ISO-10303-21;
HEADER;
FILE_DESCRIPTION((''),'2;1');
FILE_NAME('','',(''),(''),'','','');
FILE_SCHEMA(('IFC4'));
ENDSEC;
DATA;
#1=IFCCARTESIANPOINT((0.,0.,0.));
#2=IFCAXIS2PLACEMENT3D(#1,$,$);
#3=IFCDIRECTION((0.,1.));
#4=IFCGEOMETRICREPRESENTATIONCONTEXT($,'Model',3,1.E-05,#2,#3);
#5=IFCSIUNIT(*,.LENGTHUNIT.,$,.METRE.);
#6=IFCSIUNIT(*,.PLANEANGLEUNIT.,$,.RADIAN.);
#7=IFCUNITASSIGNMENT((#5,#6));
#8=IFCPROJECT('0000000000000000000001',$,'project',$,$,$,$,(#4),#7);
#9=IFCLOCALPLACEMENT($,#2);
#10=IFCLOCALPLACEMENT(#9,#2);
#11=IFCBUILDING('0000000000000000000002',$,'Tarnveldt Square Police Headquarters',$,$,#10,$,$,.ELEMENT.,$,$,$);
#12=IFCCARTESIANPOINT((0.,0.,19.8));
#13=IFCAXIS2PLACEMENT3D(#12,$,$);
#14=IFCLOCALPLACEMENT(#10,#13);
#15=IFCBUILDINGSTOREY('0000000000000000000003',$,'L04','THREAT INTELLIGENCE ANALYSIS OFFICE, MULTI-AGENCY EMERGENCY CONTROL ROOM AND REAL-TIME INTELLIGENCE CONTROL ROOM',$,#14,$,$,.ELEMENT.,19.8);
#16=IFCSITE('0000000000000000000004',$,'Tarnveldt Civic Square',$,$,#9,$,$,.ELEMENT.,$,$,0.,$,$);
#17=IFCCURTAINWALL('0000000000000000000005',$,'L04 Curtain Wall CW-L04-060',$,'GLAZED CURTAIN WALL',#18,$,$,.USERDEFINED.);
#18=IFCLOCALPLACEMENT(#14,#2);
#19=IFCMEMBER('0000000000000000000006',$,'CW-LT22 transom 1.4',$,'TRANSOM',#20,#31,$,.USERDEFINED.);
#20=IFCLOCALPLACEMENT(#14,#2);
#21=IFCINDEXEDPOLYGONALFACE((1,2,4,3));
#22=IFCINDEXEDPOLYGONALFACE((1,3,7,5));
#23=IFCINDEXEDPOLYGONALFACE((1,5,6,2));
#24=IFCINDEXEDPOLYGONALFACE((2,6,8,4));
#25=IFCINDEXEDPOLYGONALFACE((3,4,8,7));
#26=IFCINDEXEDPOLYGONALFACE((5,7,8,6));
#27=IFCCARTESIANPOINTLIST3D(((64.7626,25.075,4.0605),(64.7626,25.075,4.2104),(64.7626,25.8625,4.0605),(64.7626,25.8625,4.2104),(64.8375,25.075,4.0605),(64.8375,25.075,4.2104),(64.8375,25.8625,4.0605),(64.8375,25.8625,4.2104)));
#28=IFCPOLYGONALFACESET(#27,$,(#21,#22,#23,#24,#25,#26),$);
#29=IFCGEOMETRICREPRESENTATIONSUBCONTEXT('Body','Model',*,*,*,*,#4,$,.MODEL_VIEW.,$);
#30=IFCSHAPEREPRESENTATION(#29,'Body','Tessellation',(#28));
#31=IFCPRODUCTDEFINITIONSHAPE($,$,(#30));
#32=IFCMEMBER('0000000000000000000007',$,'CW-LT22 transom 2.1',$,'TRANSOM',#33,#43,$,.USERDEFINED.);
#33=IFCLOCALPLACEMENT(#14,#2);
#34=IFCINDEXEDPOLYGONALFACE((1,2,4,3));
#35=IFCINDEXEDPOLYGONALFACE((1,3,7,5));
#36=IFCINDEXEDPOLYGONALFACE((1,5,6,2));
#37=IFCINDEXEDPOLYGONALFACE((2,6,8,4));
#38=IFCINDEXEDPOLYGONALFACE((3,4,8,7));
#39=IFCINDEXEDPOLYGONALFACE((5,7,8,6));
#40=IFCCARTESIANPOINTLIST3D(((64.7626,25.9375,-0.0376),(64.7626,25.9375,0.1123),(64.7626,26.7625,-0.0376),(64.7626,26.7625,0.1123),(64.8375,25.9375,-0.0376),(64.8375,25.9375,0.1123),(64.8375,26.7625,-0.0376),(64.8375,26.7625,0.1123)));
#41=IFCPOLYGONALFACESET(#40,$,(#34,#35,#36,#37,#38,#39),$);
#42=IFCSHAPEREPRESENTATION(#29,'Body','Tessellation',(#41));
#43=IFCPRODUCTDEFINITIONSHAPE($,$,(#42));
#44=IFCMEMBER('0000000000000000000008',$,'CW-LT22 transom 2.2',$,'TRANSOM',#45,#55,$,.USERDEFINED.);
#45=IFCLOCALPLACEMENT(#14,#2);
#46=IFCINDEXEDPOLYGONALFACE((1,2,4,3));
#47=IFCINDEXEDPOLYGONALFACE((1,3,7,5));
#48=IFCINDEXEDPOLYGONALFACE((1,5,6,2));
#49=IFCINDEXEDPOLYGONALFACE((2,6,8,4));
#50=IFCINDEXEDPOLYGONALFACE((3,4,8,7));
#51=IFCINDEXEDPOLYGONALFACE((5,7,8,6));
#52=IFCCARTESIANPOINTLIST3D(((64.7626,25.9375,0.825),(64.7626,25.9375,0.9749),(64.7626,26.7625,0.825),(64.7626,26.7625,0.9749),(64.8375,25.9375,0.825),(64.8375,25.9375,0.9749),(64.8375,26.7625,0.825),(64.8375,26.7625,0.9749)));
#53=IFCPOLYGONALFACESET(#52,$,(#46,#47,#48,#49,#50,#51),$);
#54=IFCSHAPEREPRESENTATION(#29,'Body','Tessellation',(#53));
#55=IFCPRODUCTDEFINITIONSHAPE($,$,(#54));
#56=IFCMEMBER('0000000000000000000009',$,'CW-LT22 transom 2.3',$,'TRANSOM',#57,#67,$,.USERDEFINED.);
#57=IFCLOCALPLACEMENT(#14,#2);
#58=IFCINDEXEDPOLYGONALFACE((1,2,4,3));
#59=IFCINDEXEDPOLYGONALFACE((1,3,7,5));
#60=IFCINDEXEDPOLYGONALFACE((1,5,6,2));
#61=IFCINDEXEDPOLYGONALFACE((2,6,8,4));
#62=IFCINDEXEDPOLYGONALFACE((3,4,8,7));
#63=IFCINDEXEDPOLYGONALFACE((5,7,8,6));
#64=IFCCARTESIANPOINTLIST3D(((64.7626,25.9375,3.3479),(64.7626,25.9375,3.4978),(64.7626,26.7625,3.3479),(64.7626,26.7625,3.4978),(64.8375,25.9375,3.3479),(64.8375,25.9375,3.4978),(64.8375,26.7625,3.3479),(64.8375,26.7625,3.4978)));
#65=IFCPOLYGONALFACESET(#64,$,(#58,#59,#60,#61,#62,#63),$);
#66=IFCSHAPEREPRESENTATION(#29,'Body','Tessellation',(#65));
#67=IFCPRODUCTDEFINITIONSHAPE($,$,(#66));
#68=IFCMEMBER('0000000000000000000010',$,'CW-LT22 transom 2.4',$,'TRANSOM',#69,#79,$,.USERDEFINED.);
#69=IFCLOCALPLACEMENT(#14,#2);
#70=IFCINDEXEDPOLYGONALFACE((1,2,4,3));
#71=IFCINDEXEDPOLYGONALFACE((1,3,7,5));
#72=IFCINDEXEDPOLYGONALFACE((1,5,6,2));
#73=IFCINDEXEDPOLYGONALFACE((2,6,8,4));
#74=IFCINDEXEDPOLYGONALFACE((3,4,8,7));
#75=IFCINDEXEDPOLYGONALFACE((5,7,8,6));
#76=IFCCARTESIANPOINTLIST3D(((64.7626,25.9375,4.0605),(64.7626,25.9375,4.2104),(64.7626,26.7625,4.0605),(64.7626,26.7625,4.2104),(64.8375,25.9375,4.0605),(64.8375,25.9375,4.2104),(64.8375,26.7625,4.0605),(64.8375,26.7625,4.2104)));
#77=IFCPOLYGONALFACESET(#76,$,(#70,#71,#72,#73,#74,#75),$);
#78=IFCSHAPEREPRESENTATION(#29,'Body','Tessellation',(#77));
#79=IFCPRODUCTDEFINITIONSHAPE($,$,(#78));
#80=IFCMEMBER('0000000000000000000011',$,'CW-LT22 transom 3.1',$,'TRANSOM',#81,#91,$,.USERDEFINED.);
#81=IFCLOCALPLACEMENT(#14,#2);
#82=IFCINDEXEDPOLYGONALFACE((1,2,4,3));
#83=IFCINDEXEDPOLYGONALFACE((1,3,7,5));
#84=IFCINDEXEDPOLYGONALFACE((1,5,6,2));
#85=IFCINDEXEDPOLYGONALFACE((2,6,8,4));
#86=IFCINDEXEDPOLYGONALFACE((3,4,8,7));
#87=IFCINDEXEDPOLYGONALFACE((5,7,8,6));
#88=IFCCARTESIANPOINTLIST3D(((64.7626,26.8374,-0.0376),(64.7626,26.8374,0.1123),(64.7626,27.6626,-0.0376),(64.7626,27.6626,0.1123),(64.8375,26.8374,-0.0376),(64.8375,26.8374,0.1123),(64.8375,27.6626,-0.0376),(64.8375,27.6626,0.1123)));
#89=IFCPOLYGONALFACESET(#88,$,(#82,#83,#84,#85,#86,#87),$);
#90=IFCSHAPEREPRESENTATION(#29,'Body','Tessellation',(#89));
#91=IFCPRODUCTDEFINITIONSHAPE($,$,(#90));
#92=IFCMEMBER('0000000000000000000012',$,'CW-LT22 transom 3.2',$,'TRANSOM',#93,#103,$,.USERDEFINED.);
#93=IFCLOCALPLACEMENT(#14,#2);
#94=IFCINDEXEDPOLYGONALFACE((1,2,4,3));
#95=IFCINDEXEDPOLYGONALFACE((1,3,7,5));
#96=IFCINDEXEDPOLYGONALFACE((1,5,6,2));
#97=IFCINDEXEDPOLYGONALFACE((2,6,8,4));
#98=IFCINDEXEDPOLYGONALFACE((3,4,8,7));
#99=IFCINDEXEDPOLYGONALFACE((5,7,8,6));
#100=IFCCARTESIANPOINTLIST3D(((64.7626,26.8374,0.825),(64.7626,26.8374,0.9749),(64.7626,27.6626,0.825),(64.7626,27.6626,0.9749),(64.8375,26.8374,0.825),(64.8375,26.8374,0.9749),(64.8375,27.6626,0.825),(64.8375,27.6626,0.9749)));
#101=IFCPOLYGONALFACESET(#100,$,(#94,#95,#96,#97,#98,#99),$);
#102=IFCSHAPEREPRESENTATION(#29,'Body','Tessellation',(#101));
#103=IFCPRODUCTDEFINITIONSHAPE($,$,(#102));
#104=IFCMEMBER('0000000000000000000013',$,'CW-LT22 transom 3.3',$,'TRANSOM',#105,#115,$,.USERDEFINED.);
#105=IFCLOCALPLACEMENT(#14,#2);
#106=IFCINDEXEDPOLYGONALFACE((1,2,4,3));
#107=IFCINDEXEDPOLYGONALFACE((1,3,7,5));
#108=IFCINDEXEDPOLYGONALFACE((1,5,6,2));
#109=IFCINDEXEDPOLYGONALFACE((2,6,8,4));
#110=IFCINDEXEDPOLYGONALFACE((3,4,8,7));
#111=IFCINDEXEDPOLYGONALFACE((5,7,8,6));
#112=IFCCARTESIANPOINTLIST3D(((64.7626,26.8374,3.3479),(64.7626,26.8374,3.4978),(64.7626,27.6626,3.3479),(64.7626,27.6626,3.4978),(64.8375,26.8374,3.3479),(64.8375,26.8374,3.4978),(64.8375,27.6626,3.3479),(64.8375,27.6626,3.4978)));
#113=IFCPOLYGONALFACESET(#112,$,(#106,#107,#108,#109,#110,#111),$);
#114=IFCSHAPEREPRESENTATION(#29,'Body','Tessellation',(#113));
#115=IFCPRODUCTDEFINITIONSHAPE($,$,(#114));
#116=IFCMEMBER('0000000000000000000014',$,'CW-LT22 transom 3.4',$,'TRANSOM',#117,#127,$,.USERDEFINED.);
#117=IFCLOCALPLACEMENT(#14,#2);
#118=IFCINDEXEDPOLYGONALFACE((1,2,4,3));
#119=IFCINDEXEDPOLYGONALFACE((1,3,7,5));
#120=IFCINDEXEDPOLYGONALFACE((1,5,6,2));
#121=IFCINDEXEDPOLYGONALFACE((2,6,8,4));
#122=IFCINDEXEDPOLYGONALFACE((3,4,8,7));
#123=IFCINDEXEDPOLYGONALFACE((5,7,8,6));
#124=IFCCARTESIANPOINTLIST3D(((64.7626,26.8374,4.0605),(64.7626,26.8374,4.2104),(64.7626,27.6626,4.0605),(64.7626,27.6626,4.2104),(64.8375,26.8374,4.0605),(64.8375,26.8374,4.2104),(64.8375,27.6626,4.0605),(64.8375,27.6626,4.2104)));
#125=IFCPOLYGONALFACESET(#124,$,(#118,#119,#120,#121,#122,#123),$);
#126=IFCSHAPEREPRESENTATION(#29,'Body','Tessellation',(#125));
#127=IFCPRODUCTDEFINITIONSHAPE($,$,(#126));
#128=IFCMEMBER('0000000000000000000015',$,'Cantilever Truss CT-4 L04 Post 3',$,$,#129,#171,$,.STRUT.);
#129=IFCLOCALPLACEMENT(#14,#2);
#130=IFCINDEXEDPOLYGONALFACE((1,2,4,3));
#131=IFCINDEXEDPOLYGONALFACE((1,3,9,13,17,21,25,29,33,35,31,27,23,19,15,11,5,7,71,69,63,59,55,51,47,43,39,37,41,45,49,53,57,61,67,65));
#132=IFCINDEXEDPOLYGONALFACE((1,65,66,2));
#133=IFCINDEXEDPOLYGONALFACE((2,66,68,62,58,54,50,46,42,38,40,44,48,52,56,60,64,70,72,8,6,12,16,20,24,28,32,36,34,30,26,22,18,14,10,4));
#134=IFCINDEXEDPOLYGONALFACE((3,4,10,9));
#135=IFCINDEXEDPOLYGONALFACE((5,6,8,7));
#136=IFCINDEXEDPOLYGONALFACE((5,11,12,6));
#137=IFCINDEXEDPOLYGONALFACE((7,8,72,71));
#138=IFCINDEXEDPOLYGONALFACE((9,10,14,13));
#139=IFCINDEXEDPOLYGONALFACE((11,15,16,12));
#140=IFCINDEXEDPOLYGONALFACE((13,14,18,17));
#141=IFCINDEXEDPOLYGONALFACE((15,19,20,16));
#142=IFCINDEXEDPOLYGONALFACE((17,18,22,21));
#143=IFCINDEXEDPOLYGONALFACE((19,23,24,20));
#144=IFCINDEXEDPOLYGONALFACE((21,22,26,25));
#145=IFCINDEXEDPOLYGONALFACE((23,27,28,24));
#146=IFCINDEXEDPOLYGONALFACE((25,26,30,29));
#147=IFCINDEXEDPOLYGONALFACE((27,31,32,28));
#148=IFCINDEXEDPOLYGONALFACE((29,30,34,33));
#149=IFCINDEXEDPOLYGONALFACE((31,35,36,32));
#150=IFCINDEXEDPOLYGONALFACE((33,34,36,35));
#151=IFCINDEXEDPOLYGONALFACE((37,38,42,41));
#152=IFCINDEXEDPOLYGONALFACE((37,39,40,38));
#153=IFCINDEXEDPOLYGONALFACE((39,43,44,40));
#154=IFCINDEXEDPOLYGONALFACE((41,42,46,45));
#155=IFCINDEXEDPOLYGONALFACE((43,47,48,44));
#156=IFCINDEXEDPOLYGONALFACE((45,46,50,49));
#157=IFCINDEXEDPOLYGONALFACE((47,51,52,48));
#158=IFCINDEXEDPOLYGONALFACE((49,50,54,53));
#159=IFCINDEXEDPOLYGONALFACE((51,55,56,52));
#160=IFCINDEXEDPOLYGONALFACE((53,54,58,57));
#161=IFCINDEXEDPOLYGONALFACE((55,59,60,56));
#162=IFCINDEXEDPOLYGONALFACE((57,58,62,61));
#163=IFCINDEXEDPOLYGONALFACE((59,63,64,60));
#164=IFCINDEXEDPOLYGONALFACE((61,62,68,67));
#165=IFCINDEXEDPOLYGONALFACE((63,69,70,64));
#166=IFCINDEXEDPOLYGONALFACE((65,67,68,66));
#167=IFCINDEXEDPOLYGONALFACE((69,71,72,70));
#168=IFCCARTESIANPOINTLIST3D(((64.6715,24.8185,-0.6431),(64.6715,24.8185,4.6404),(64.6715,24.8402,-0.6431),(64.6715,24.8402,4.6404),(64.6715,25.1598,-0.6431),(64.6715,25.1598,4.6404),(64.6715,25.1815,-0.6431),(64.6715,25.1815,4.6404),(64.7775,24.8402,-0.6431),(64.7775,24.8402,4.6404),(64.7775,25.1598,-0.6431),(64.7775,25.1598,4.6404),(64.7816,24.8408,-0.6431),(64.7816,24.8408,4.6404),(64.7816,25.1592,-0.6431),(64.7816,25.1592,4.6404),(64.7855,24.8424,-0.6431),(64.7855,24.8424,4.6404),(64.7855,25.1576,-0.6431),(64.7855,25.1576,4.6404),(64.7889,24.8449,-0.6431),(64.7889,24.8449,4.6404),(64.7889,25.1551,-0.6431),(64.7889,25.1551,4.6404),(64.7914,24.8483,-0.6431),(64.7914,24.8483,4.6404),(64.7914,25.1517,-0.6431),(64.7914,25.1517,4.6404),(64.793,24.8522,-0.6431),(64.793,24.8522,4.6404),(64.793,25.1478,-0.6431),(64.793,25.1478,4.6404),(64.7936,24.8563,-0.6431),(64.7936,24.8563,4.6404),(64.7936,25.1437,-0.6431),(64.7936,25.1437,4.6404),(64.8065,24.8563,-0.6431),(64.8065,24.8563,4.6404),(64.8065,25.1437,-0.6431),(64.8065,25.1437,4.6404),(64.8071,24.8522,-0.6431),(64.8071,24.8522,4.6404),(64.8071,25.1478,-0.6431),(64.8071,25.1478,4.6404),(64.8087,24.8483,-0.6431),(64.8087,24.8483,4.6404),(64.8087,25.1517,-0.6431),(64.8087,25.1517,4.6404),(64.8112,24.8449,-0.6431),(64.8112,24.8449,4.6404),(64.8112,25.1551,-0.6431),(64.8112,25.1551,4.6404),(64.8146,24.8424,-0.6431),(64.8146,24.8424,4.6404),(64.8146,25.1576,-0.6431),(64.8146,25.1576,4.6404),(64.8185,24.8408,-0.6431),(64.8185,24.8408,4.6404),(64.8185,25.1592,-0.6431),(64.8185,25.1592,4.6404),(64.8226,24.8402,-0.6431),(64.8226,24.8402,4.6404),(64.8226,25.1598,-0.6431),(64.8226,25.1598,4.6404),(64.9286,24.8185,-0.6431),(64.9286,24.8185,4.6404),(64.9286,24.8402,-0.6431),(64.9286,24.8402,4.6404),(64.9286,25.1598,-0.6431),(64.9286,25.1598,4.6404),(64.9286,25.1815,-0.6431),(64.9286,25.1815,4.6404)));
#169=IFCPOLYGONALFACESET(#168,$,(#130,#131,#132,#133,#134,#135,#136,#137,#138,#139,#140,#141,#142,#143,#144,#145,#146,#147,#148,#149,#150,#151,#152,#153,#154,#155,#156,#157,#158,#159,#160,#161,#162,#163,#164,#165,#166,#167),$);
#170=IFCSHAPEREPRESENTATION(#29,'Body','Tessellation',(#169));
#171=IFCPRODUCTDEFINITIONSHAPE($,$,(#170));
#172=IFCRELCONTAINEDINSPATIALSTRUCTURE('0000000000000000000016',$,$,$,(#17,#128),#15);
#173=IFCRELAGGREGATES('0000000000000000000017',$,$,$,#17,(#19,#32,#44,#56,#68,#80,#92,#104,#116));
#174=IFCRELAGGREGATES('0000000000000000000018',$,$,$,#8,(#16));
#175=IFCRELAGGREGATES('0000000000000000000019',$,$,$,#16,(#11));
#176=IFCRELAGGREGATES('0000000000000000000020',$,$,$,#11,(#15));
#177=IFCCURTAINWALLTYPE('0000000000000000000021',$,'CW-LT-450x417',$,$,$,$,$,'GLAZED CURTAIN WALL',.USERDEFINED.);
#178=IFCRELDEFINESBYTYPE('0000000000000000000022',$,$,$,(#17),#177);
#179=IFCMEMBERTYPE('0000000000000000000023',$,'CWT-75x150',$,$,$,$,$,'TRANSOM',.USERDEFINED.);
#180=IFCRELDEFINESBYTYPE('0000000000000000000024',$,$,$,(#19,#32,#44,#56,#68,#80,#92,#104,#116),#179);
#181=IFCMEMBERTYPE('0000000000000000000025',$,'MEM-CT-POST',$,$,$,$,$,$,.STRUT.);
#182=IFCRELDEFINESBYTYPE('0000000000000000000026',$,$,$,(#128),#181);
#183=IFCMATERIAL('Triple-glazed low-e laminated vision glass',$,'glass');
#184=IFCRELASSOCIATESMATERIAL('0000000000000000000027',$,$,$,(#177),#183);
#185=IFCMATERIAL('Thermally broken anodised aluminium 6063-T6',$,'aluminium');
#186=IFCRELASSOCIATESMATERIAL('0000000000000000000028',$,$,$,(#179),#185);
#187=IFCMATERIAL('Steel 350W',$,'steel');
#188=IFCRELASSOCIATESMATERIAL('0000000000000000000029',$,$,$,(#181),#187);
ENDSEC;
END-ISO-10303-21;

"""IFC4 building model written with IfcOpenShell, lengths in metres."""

from ifc_helpers import new_model, si_unit, direction, frame, origin, origin_2d, place, context, subcontext, project, spatial, rectangle, i_section, extrude, material, material_profile, profile_set, type_object, element, aggregate, save


model = new_model("IFC4")

# Units and contexts
model_context = context("Model", 3, precision=1e-05, world=origin(), true_north=direction((0.0, 1.0)))
body_context = subcontext(model_context, "Body", "Model", "MODEL_VIEW")
ifc_project = project(units=[si_unit("LENGTHUNIT", "METRE"), si_unit("PLANEANGLEUNIT", "RADIAN")], contexts=[model_context])

# Site, building, storey
site_placement = place(None, origin())
site = spatial("IfcSite", under=ifc_project, at=site_placement, Name="Tarnveldt Civic Square", CompositionType="ELEMENT", RefElevation=0.0)
building_placement = place(site_placement, origin())
building = spatial("IfcBuilding", under=site, at=building_placement, Name="Tarnveldt Square Police Headquarters", CompositionType="ELEMENT")
storey_placement = place(building_placement, frame((0.0, 0.0, 19.8)))
storey = spatial("IfcBuildingStorey", under=building, at=storey_placement, Name="L04", Description="THREAT INTELLIGENCE ANALYSIS OFFICE, MULTI-AGENCY EMERGENCY CONTROL ROOM AND REAL-TIME INTELLIGENCE CONTROL ROOM", CompositionType="ELEMENT", Elevation=19.8)

# Shared definitions
ifc_material_1 = material(Name="Steel 350W", Category="steel")

# Shared definitions
ifc_material_2 = material(Name="Triple-glazed low-e laminated vision glass", Category="glass")
curtain_wall_type = type_object("IfcCurtainWallType", Name="CW-LT-450x417", ElementType="GLAZED CURTAIN WALL", PredefinedType="USERDEFINED", material=ifc_material_2)
ifc_material_3 = material(Name="Thermally broken anodised aluminium 6063-T6", Category="aluminium")

# Curtain wall
curtain_wall_1_placement = place(storey_placement, origin())
curtain_wall_1 = element("IfcCurtainWall", 1, at=curtain_wall_1_placement, inside=storey, type_object=curtain_wall_type, Name="L04 Curtain Wall CW-L04-060", ObjectType="GLAZED CURTAIN WALL", PredefinedType="USERDEFINED")

# Members
ifc_material_profile_1 = material_profile(ifc_material_3, rectangle(XDim=0.075, YDim=0.1499, at=origin_2d()), Name="CW-T75x150")
ifc_profile_set_1 = profile_set([ifc_material_profile_1], Name="Thermally broken anodised aluminium 6063-T6")
member_type_1 = type_object("IfcMemberType", Name="CWT-75x150", ElementType="TRANSOM", PredefinedType="USERDEFINED", material=ifc_profile_set_1)
member_1_placement = place(storey_placement, frame((64.8, 25.075, 4.1355), z_axis=(0.0, 1.0, 0.0), x_axis=(-1.0, 0.0, 0.0)))
member_1 = element("IfcMember", 2, at=member_1_placement, type_object=member_type_1, Name="CW-LT22 transom 1.4", ObjectType="TRANSOM", PredefinedType="USERDEFINED", context=body_context, shape_type="SweptSolid", body=[
    extrude(rectangle(XDim=0.075, YDim=0.1499, at=origin_2d()), origin(), (0.0, 0.0, 1.0), 0.7876),
])
member_2_placement = place(storey_placement, frame((64.8, 25.9375, 0.0374), z_axis=(0.0, 1.0, 0.0), x_axis=(-1.0, 0.0, 0.0)))
member_2 = element("IfcMember", 3, at=member_2_placement, type_object=member_type_1, Name="CW-LT22 transom 2.1", ObjectType="TRANSOM", PredefinedType="USERDEFINED", context=body_context, shape_type="SweptSolid", body=[
    extrude(rectangle(XDim=0.075, YDim=0.1499, at=origin_2d()), origin(), (0.0, 0.0, 1.0), 0.825),
])
member_3_placement = place(storey_placement, frame((64.8, 25.9375, 0.8999), z_axis=(0.0, 1.0, 0.0), x_axis=(-1.0, 0.0, 0.0)))
member_3 = element("IfcMember", 4, at=member_3_placement, type_object=member_type_1, Name="CW-LT22 transom 2.2", ObjectType="TRANSOM", PredefinedType="USERDEFINED", context=body_context, shape_type="SweptSolid", body=[
    extrude(rectangle(XDim=0.075, YDim=0.1499, at=origin_2d()), origin(), (0.0, 0.0, 1.0), 0.825),
])
member_4_placement = place(storey_placement, frame((64.8, 25.9375, 3.4229), z_axis=(0.0, 1.0, 0.0), x_axis=(-1.0, 0.0, 0.0)))
member_4 = element("IfcMember", 5, at=member_4_placement, type_object=member_type_1, Name="CW-LT22 transom 2.3", ObjectType="TRANSOM", PredefinedType="USERDEFINED", context=body_context, shape_type="SweptSolid", body=[
    extrude(rectangle(XDim=0.075, YDim=0.1499, at=origin_2d()), origin(), (0.0, 0.0, 1.0), 0.825),
])
member_5_placement = place(storey_placement, frame((64.8, 25.9375, 4.1355), z_axis=(0.0, 1.0, 0.0), x_axis=(-1.0, 0.0, 0.0)))
member_5 = element("IfcMember", 6, at=member_5_placement, type_object=member_type_1, Name="CW-LT22 transom 2.4", ObjectType="TRANSOM", PredefinedType="USERDEFINED", context=body_context, shape_type="SweptSolid", body=[
    extrude(rectangle(XDim=0.075, YDim=0.1499, at=origin_2d()), origin(), (0.0, 0.0, 1.0), 0.825),
])
member_6_placement = place(storey_placement, frame((64.8, 26.8374, 0.0374), z_axis=(0.0, 1.0, 0.0), x_axis=(-1.0, 0.0, 0.0)))
member_6 = element("IfcMember", 7, at=member_6_placement, type_object=member_type_1, Name="CW-LT22 transom 3.1", ObjectType="TRANSOM", PredefinedType="USERDEFINED", context=body_context, shape_type="SweptSolid", body=[
    extrude(rectangle(XDim=0.075, YDim=0.1499, at=origin_2d()), origin(), (0.0, 0.0, 1.0), 0.8252),
])
member_7_placement = place(storey_placement, frame((64.8, 26.8374, 0.8999), z_axis=(0.0, 1.0, 0.0), x_axis=(-1.0, 0.0, 0.0)))
member_7 = element("IfcMember", 8, at=member_7_placement, type_object=member_type_1, Name="CW-LT22 transom 3.2", ObjectType="TRANSOM", PredefinedType="USERDEFINED", context=body_context, shape_type="SweptSolid", body=[
    extrude(rectangle(XDim=0.075, YDim=0.1499, at=origin_2d()), origin(), (0.0, 0.0, 1.0), 0.8252),
])
member_8_placement = place(storey_placement, frame((64.8, 26.8374, 3.4229), z_axis=(0.0, 1.0, 0.0), x_axis=(-1.0, 0.0, 0.0)))
member_8 = element("IfcMember", 9, at=member_8_placement, type_object=member_type_1, Name="CW-LT22 transom 3.3", ObjectType="TRANSOM", PredefinedType="USERDEFINED", context=body_context, shape_type="SweptSolid", body=[
    extrude(rectangle(XDim=0.075, YDim=0.1499, at=origin_2d()), origin(), (0.0, 0.0, 1.0), 0.8252),
])
member_9_placement = place(storey_placement, frame((64.8, 26.8374, 4.1355), z_axis=(0.0, 1.0, 0.0), x_axis=(-1.0, 0.0, 0.0)))
member_9 = element("IfcMember", 10, at=member_9_placement, type_object=member_type_1, Name="CW-LT22 transom 3.4", ObjectType="TRANSOM", PredefinedType="USERDEFINED", context=body_context, shape_type="SweptSolid", body=[
    extrude(rectangle(XDim=0.075, YDim=0.1499, at=origin_2d()), origin(), (0.0, 0.0, 1.0), 0.8252),
])

# Member
ifc_material_profile_2 = material_profile(ifc_material_1, i_section(OverallWidth=0.2571, OverallDepth=0.363, WebThickness=0.0129, FlangeThickness=0.0217, FilletRadius=0.0161, at=origin_2d()), Name="W360x122")
ifc_profile_set_2 = profile_set([ifc_material_profile_2], Name="Steel 350W")
member_type_2 = type_object("IfcMemberType", Name="MEM-CT-POST", PredefinedType="STRUT", material=ifc_profile_set_2)
member_10_placement = place(storey_placement, frame((64.8, 25.0, -0.6431), z_axis=(0.0, 0.0, 1.0), x_axis=(1.0, 0.0, 0.0)))
element("IfcMember", 11, at=member_10_placement, inside=storey, type_object=member_type_2, Name="Cantilever Truss CT-4 L04 Post 3", PredefinedType="STRUT", context=body_context, shape_type="SweptSolid", body=[
    extrude(i_section(OverallWidth=0.2571, OverallDepth=0.363, WebThickness=0.0129, FlangeThickness=0.0217, FilletRadius=0.0161, at=origin_2d()), origin(), (0.0, 0.0, 1.0), 5.2834),
])

aggregate(curtain_wall_1, [member_1, member_2, member_3, member_4, member_5, member_6, member_7, member_8, member_9])

save(model, "model.ifc")
